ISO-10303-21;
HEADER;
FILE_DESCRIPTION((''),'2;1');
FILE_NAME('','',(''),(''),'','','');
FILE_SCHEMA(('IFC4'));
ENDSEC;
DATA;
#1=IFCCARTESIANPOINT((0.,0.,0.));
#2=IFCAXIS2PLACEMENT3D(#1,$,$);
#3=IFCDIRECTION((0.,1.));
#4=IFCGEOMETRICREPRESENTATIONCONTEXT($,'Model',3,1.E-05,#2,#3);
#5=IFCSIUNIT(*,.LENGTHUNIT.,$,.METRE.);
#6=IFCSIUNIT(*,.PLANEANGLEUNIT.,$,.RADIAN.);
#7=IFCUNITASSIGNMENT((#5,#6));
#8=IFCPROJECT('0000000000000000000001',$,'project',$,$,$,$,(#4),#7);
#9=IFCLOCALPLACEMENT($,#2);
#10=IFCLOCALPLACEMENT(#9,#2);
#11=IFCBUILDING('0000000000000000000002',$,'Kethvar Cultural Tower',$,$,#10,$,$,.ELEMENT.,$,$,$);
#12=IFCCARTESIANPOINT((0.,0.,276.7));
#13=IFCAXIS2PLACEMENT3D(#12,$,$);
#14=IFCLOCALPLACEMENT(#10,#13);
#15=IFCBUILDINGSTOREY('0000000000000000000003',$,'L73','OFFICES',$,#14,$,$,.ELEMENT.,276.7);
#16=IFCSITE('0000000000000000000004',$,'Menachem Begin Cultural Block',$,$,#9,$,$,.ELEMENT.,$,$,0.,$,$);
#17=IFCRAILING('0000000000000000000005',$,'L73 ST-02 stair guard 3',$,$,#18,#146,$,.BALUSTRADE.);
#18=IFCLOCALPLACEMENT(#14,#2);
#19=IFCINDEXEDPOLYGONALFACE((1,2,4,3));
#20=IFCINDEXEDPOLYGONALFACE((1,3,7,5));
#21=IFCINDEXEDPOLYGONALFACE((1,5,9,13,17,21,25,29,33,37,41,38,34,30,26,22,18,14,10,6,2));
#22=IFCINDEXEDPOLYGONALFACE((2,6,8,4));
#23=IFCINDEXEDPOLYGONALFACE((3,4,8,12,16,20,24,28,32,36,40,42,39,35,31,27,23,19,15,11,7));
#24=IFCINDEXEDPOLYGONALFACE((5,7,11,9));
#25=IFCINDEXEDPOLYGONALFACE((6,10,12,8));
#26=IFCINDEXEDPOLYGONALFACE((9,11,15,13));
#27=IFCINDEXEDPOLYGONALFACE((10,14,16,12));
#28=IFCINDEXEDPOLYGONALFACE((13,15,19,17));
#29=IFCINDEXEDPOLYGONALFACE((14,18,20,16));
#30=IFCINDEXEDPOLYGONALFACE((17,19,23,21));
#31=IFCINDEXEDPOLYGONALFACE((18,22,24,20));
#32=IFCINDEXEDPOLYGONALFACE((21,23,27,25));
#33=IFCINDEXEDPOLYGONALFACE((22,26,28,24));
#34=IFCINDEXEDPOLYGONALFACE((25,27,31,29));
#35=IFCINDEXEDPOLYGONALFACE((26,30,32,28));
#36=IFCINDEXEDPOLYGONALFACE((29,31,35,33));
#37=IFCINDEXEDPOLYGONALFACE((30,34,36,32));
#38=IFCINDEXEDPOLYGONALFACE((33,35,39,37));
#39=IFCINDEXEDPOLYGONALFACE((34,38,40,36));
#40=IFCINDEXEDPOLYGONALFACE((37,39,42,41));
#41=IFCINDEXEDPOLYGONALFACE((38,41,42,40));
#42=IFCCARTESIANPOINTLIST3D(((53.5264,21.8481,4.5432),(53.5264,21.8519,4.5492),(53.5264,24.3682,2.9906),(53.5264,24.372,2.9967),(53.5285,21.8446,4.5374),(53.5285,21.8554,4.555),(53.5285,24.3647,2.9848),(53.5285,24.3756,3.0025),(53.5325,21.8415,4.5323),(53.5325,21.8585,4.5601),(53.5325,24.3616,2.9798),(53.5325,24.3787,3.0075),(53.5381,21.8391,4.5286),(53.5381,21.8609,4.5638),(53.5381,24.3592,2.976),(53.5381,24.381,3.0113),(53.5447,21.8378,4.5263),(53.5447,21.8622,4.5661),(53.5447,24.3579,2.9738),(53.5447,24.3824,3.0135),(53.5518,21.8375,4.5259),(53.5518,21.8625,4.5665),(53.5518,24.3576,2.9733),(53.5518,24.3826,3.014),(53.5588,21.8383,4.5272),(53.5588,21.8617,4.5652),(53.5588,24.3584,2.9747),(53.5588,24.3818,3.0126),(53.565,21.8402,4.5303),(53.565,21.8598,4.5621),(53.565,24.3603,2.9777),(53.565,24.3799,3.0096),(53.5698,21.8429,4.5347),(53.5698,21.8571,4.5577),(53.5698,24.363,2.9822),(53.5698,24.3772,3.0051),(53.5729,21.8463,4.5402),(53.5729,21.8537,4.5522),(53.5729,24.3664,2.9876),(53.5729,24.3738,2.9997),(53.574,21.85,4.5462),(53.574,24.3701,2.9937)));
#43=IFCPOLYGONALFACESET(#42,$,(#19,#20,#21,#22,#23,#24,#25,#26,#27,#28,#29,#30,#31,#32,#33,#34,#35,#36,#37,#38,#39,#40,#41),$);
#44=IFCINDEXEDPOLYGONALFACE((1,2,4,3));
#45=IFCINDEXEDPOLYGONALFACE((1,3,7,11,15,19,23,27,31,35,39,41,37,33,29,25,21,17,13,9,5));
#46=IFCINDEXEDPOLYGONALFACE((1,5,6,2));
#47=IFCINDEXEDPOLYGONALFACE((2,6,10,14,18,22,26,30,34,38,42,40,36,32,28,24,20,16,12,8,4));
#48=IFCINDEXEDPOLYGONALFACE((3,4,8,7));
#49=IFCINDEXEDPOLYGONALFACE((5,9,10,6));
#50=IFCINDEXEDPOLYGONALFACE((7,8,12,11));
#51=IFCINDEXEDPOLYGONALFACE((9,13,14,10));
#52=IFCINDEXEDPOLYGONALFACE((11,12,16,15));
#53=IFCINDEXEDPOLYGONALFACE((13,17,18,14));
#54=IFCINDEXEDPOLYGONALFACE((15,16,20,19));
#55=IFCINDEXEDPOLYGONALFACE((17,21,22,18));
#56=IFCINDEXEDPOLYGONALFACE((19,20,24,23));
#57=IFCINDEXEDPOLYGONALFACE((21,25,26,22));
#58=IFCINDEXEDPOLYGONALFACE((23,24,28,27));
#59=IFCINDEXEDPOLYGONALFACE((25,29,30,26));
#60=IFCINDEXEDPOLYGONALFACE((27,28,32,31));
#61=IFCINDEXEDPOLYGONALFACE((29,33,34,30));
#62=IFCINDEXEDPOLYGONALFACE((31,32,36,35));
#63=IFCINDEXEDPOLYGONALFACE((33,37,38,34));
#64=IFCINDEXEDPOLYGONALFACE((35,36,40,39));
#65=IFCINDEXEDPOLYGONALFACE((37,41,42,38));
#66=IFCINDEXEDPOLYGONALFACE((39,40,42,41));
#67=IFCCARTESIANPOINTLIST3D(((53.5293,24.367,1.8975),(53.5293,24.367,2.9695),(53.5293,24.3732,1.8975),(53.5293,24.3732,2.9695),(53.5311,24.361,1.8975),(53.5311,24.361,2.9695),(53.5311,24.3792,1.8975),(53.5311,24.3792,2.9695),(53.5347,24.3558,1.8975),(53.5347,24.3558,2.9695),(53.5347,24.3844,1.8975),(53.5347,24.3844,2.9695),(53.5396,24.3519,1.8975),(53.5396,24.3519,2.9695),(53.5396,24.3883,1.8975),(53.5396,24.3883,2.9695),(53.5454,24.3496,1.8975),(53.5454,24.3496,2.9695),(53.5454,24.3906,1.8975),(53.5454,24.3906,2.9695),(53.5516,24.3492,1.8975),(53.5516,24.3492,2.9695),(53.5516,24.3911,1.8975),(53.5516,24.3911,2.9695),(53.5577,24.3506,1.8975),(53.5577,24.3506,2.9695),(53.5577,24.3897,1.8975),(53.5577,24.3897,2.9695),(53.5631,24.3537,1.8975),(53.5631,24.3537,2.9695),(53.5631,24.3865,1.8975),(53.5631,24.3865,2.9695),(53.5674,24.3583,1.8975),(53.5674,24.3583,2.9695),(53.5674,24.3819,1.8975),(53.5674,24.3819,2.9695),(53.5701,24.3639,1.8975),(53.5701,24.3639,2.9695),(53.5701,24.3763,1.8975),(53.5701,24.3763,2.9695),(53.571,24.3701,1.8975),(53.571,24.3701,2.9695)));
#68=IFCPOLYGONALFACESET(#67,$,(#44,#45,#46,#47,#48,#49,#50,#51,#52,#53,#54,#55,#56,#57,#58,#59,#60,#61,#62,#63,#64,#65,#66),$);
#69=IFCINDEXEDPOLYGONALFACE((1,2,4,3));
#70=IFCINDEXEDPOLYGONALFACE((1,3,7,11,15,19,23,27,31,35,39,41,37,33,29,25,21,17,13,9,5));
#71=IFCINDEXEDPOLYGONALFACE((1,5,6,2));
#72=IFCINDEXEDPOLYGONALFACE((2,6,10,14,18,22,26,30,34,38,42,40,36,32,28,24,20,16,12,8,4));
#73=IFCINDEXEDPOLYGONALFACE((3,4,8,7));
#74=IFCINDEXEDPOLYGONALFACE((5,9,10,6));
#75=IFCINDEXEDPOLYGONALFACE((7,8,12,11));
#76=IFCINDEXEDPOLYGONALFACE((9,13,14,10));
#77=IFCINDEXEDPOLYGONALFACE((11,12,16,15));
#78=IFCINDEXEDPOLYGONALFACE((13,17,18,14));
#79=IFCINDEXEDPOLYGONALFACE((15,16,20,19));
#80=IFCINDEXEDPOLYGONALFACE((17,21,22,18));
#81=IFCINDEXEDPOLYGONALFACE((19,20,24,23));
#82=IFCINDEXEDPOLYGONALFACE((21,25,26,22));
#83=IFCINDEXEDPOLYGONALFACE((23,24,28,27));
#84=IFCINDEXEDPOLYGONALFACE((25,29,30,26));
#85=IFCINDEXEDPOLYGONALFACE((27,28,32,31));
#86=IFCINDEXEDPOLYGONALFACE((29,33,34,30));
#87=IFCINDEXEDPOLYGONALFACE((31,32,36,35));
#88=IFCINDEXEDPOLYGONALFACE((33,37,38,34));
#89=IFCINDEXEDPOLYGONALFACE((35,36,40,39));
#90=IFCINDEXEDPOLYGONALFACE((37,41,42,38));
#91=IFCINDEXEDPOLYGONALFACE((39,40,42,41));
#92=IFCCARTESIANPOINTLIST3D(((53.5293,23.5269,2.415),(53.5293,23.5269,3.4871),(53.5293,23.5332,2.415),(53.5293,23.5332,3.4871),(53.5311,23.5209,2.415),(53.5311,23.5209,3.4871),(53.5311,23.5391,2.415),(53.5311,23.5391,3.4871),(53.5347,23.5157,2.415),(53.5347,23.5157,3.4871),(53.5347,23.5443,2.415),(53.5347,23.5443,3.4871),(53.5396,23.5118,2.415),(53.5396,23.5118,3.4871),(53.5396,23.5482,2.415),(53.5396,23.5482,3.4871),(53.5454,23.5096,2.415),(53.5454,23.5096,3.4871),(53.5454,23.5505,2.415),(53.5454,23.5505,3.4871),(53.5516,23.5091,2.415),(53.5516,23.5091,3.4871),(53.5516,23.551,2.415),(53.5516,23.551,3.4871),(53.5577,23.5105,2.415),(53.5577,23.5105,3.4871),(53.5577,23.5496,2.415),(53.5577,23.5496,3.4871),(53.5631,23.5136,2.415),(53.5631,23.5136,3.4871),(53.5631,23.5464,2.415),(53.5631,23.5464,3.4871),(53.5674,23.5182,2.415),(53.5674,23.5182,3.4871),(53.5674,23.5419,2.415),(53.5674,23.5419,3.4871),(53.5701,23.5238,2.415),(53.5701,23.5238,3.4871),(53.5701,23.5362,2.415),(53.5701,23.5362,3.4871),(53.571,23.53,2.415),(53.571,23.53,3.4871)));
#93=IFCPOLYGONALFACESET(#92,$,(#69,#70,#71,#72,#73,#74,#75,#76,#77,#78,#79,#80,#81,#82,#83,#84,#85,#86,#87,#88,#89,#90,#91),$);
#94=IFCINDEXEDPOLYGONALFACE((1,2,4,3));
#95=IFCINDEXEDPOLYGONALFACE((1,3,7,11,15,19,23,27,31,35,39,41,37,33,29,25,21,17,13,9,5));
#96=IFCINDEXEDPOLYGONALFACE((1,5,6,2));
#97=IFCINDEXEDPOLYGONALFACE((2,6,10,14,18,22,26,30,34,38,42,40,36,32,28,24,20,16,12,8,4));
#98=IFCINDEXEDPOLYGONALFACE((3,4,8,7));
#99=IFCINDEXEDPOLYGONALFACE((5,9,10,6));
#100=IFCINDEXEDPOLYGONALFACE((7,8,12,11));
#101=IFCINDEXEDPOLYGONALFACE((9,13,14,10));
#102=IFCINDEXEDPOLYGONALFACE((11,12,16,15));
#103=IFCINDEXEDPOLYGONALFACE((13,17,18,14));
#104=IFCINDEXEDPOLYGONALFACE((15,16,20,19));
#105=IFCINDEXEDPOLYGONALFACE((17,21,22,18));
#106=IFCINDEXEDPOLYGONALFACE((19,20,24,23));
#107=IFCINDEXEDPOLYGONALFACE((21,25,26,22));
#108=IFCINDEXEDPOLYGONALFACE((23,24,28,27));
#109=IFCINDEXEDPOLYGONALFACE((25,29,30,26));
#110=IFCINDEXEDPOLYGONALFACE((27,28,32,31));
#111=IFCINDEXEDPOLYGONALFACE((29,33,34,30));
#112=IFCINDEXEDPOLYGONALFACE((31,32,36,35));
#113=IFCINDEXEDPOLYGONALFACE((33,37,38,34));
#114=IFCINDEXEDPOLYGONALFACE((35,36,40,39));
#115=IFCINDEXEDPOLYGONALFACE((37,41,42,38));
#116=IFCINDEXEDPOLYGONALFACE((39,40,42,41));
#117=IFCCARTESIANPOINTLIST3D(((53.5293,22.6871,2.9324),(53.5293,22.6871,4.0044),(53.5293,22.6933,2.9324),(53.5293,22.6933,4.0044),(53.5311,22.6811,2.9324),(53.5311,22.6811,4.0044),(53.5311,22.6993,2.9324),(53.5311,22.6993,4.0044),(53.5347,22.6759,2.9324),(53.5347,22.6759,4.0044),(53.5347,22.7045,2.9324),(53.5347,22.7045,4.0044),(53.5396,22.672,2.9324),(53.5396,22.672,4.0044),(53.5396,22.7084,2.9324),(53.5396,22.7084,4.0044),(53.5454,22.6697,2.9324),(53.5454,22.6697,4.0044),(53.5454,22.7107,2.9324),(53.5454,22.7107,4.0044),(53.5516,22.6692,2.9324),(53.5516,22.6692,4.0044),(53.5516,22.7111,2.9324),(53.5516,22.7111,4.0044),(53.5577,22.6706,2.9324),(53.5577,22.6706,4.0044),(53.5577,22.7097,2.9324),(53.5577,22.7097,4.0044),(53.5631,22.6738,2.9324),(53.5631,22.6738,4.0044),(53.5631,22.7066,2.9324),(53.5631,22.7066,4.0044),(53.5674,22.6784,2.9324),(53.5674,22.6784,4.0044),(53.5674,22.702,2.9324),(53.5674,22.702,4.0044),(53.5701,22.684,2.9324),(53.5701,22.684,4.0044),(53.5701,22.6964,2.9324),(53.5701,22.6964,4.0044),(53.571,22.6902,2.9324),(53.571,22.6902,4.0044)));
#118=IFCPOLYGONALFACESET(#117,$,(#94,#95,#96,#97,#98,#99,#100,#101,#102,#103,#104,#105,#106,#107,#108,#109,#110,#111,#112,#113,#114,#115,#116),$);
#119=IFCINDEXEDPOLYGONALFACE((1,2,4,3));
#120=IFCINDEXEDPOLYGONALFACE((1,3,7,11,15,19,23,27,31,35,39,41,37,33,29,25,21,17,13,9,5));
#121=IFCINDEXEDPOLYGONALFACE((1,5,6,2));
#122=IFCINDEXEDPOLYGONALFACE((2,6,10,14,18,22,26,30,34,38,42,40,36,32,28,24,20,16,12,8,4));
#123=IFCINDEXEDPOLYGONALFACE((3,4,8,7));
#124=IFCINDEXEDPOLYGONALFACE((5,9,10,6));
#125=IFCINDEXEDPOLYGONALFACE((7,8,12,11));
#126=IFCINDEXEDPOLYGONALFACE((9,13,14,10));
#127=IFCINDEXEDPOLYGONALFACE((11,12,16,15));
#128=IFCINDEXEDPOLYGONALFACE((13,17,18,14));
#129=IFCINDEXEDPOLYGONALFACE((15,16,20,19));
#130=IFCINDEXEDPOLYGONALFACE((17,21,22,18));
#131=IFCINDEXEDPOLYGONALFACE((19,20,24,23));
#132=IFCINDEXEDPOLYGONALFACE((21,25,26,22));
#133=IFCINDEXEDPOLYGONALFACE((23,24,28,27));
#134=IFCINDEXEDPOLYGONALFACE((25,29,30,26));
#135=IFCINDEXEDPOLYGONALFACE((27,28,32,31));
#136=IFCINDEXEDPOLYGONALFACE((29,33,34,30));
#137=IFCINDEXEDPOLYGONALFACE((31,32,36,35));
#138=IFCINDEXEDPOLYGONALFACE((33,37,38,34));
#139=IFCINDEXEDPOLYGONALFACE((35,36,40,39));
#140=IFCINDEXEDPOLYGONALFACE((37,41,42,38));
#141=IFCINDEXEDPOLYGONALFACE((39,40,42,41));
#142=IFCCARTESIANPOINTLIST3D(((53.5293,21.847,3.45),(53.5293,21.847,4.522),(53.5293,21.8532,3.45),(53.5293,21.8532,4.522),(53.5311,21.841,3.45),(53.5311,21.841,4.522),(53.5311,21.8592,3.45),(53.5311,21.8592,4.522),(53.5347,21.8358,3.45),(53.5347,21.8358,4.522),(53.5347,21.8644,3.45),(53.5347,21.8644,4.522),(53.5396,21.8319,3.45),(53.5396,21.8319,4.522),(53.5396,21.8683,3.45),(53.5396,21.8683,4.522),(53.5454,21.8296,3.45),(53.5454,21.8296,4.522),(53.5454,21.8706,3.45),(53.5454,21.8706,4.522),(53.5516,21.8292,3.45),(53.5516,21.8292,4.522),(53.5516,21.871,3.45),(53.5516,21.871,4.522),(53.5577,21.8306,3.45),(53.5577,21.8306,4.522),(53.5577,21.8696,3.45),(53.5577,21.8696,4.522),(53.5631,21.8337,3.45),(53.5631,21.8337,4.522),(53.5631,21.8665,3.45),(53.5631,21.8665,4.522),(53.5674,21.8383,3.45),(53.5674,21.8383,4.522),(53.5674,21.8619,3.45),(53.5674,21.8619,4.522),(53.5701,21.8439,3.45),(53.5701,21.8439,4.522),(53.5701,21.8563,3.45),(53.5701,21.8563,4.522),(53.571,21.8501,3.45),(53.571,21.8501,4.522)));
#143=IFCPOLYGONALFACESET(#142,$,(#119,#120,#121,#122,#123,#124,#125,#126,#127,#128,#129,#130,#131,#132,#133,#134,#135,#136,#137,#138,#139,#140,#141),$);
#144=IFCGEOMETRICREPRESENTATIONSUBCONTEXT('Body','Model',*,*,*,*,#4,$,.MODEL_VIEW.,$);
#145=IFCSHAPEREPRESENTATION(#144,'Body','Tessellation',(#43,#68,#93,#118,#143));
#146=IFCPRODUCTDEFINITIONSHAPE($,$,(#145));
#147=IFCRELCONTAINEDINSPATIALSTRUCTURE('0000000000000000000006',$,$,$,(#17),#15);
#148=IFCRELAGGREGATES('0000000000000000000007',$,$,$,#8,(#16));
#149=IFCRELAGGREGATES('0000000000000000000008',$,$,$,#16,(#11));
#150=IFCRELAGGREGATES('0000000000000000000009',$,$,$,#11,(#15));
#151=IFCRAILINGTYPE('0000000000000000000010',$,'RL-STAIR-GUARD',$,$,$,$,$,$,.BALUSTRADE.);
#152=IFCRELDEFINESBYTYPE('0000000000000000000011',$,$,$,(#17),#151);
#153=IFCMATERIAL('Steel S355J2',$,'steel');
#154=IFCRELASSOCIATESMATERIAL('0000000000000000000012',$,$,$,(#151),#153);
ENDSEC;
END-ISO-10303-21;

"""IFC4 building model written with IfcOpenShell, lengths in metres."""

from ifc_helpers import new_model, si_unit, direction, frame, origin, origin_2d, place, context, subcontext, project, spatial, circle, extrude, material, type_object, element, save


model = new_model("IFC4")

# Units and contexts
model_context = context("Model", 3, precision=1e-05, world=origin(), true_north=direction((0.0, 1.0)))
body_context = subcontext(model_context, "Body", "Model", "MODEL_VIEW")
ifc_project = project(units=[si_unit("LENGTHUNIT", "METRE"), si_unit("PLANEANGLEUNIT", "RADIAN")], contexts=[model_context])

# Site, building, storey
site_placement = place(None, origin())
site = spatial("IfcSite", under=ifc_project, at=site_placement, Name="Menachem Begin Cultural Block", CompositionType="ELEMENT", RefElevation=0.0)
building_placement = place(site_placement, origin())
building = spatial("IfcBuilding", under=site, at=building_placement, Name="Kethvar Cultural Tower", CompositionType="ELEMENT")
storey_placement = place(building_placement, frame((0.0, 0.0, 276.7)))
storey = spatial("IfcBuildingStorey", under=building, at=storey_placement, Name="L73", Description="OFFICES", CompositionType="ELEMENT", Elevation=276.7)

# Shared definitions
ifc_material_1 = material(Name="Steel S355J2", Category="steel")

# Railing
railing_type_1 = type_object("IfcRailingType", Name="RL-STAIR-GUARD", PredefinedType="BALUSTRADE", material=ifc_material_1)
railing_1_placement = place(storey_placement, frame((53.55, 24.3701, 1.8975)))
element("IfcRailing", 1, at=railing_1_placement, inside=storey, type_object=railing_type_1, Name="L73 ST-02 stair guard 3", PredefinedType="BALUSTRADE", context=body_context, shape_type="SweptSolid", body=[
    extrude(circle(Radius=0.0239, at=origin_2d()), frame((0.0, 0.0, 1.0962), z_axis=(0.0, -0.8514, 0.524516), x_axis=(1.0, 0.0, 0.0)), (0.0, 0.0, 1.0), 2.96),
    extrude(circle(Radius=0.021, at=origin_2d()), origin(), (0.0, 0.0, 1.0), 1.072),
    extrude(circle(Radius=0.021, at=origin_2d()), frame((0.0, -0.8401, 0.5176)), (0.0, 0.0, 1.0), 1.072),
    extrude(circle(Radius=0.021, at=origin_2d()), frame((0.0, -1.6799, 1.0349)), (0.0, 0.0, 1.0), 1.072),
    extrude(circle(Radius=0.021, at=origin_2d()), frame((0.0, -2.52, 1.5525)), (0.0, 0.0, 1.0), 1.072),
])

save(model, "model.ifc")
